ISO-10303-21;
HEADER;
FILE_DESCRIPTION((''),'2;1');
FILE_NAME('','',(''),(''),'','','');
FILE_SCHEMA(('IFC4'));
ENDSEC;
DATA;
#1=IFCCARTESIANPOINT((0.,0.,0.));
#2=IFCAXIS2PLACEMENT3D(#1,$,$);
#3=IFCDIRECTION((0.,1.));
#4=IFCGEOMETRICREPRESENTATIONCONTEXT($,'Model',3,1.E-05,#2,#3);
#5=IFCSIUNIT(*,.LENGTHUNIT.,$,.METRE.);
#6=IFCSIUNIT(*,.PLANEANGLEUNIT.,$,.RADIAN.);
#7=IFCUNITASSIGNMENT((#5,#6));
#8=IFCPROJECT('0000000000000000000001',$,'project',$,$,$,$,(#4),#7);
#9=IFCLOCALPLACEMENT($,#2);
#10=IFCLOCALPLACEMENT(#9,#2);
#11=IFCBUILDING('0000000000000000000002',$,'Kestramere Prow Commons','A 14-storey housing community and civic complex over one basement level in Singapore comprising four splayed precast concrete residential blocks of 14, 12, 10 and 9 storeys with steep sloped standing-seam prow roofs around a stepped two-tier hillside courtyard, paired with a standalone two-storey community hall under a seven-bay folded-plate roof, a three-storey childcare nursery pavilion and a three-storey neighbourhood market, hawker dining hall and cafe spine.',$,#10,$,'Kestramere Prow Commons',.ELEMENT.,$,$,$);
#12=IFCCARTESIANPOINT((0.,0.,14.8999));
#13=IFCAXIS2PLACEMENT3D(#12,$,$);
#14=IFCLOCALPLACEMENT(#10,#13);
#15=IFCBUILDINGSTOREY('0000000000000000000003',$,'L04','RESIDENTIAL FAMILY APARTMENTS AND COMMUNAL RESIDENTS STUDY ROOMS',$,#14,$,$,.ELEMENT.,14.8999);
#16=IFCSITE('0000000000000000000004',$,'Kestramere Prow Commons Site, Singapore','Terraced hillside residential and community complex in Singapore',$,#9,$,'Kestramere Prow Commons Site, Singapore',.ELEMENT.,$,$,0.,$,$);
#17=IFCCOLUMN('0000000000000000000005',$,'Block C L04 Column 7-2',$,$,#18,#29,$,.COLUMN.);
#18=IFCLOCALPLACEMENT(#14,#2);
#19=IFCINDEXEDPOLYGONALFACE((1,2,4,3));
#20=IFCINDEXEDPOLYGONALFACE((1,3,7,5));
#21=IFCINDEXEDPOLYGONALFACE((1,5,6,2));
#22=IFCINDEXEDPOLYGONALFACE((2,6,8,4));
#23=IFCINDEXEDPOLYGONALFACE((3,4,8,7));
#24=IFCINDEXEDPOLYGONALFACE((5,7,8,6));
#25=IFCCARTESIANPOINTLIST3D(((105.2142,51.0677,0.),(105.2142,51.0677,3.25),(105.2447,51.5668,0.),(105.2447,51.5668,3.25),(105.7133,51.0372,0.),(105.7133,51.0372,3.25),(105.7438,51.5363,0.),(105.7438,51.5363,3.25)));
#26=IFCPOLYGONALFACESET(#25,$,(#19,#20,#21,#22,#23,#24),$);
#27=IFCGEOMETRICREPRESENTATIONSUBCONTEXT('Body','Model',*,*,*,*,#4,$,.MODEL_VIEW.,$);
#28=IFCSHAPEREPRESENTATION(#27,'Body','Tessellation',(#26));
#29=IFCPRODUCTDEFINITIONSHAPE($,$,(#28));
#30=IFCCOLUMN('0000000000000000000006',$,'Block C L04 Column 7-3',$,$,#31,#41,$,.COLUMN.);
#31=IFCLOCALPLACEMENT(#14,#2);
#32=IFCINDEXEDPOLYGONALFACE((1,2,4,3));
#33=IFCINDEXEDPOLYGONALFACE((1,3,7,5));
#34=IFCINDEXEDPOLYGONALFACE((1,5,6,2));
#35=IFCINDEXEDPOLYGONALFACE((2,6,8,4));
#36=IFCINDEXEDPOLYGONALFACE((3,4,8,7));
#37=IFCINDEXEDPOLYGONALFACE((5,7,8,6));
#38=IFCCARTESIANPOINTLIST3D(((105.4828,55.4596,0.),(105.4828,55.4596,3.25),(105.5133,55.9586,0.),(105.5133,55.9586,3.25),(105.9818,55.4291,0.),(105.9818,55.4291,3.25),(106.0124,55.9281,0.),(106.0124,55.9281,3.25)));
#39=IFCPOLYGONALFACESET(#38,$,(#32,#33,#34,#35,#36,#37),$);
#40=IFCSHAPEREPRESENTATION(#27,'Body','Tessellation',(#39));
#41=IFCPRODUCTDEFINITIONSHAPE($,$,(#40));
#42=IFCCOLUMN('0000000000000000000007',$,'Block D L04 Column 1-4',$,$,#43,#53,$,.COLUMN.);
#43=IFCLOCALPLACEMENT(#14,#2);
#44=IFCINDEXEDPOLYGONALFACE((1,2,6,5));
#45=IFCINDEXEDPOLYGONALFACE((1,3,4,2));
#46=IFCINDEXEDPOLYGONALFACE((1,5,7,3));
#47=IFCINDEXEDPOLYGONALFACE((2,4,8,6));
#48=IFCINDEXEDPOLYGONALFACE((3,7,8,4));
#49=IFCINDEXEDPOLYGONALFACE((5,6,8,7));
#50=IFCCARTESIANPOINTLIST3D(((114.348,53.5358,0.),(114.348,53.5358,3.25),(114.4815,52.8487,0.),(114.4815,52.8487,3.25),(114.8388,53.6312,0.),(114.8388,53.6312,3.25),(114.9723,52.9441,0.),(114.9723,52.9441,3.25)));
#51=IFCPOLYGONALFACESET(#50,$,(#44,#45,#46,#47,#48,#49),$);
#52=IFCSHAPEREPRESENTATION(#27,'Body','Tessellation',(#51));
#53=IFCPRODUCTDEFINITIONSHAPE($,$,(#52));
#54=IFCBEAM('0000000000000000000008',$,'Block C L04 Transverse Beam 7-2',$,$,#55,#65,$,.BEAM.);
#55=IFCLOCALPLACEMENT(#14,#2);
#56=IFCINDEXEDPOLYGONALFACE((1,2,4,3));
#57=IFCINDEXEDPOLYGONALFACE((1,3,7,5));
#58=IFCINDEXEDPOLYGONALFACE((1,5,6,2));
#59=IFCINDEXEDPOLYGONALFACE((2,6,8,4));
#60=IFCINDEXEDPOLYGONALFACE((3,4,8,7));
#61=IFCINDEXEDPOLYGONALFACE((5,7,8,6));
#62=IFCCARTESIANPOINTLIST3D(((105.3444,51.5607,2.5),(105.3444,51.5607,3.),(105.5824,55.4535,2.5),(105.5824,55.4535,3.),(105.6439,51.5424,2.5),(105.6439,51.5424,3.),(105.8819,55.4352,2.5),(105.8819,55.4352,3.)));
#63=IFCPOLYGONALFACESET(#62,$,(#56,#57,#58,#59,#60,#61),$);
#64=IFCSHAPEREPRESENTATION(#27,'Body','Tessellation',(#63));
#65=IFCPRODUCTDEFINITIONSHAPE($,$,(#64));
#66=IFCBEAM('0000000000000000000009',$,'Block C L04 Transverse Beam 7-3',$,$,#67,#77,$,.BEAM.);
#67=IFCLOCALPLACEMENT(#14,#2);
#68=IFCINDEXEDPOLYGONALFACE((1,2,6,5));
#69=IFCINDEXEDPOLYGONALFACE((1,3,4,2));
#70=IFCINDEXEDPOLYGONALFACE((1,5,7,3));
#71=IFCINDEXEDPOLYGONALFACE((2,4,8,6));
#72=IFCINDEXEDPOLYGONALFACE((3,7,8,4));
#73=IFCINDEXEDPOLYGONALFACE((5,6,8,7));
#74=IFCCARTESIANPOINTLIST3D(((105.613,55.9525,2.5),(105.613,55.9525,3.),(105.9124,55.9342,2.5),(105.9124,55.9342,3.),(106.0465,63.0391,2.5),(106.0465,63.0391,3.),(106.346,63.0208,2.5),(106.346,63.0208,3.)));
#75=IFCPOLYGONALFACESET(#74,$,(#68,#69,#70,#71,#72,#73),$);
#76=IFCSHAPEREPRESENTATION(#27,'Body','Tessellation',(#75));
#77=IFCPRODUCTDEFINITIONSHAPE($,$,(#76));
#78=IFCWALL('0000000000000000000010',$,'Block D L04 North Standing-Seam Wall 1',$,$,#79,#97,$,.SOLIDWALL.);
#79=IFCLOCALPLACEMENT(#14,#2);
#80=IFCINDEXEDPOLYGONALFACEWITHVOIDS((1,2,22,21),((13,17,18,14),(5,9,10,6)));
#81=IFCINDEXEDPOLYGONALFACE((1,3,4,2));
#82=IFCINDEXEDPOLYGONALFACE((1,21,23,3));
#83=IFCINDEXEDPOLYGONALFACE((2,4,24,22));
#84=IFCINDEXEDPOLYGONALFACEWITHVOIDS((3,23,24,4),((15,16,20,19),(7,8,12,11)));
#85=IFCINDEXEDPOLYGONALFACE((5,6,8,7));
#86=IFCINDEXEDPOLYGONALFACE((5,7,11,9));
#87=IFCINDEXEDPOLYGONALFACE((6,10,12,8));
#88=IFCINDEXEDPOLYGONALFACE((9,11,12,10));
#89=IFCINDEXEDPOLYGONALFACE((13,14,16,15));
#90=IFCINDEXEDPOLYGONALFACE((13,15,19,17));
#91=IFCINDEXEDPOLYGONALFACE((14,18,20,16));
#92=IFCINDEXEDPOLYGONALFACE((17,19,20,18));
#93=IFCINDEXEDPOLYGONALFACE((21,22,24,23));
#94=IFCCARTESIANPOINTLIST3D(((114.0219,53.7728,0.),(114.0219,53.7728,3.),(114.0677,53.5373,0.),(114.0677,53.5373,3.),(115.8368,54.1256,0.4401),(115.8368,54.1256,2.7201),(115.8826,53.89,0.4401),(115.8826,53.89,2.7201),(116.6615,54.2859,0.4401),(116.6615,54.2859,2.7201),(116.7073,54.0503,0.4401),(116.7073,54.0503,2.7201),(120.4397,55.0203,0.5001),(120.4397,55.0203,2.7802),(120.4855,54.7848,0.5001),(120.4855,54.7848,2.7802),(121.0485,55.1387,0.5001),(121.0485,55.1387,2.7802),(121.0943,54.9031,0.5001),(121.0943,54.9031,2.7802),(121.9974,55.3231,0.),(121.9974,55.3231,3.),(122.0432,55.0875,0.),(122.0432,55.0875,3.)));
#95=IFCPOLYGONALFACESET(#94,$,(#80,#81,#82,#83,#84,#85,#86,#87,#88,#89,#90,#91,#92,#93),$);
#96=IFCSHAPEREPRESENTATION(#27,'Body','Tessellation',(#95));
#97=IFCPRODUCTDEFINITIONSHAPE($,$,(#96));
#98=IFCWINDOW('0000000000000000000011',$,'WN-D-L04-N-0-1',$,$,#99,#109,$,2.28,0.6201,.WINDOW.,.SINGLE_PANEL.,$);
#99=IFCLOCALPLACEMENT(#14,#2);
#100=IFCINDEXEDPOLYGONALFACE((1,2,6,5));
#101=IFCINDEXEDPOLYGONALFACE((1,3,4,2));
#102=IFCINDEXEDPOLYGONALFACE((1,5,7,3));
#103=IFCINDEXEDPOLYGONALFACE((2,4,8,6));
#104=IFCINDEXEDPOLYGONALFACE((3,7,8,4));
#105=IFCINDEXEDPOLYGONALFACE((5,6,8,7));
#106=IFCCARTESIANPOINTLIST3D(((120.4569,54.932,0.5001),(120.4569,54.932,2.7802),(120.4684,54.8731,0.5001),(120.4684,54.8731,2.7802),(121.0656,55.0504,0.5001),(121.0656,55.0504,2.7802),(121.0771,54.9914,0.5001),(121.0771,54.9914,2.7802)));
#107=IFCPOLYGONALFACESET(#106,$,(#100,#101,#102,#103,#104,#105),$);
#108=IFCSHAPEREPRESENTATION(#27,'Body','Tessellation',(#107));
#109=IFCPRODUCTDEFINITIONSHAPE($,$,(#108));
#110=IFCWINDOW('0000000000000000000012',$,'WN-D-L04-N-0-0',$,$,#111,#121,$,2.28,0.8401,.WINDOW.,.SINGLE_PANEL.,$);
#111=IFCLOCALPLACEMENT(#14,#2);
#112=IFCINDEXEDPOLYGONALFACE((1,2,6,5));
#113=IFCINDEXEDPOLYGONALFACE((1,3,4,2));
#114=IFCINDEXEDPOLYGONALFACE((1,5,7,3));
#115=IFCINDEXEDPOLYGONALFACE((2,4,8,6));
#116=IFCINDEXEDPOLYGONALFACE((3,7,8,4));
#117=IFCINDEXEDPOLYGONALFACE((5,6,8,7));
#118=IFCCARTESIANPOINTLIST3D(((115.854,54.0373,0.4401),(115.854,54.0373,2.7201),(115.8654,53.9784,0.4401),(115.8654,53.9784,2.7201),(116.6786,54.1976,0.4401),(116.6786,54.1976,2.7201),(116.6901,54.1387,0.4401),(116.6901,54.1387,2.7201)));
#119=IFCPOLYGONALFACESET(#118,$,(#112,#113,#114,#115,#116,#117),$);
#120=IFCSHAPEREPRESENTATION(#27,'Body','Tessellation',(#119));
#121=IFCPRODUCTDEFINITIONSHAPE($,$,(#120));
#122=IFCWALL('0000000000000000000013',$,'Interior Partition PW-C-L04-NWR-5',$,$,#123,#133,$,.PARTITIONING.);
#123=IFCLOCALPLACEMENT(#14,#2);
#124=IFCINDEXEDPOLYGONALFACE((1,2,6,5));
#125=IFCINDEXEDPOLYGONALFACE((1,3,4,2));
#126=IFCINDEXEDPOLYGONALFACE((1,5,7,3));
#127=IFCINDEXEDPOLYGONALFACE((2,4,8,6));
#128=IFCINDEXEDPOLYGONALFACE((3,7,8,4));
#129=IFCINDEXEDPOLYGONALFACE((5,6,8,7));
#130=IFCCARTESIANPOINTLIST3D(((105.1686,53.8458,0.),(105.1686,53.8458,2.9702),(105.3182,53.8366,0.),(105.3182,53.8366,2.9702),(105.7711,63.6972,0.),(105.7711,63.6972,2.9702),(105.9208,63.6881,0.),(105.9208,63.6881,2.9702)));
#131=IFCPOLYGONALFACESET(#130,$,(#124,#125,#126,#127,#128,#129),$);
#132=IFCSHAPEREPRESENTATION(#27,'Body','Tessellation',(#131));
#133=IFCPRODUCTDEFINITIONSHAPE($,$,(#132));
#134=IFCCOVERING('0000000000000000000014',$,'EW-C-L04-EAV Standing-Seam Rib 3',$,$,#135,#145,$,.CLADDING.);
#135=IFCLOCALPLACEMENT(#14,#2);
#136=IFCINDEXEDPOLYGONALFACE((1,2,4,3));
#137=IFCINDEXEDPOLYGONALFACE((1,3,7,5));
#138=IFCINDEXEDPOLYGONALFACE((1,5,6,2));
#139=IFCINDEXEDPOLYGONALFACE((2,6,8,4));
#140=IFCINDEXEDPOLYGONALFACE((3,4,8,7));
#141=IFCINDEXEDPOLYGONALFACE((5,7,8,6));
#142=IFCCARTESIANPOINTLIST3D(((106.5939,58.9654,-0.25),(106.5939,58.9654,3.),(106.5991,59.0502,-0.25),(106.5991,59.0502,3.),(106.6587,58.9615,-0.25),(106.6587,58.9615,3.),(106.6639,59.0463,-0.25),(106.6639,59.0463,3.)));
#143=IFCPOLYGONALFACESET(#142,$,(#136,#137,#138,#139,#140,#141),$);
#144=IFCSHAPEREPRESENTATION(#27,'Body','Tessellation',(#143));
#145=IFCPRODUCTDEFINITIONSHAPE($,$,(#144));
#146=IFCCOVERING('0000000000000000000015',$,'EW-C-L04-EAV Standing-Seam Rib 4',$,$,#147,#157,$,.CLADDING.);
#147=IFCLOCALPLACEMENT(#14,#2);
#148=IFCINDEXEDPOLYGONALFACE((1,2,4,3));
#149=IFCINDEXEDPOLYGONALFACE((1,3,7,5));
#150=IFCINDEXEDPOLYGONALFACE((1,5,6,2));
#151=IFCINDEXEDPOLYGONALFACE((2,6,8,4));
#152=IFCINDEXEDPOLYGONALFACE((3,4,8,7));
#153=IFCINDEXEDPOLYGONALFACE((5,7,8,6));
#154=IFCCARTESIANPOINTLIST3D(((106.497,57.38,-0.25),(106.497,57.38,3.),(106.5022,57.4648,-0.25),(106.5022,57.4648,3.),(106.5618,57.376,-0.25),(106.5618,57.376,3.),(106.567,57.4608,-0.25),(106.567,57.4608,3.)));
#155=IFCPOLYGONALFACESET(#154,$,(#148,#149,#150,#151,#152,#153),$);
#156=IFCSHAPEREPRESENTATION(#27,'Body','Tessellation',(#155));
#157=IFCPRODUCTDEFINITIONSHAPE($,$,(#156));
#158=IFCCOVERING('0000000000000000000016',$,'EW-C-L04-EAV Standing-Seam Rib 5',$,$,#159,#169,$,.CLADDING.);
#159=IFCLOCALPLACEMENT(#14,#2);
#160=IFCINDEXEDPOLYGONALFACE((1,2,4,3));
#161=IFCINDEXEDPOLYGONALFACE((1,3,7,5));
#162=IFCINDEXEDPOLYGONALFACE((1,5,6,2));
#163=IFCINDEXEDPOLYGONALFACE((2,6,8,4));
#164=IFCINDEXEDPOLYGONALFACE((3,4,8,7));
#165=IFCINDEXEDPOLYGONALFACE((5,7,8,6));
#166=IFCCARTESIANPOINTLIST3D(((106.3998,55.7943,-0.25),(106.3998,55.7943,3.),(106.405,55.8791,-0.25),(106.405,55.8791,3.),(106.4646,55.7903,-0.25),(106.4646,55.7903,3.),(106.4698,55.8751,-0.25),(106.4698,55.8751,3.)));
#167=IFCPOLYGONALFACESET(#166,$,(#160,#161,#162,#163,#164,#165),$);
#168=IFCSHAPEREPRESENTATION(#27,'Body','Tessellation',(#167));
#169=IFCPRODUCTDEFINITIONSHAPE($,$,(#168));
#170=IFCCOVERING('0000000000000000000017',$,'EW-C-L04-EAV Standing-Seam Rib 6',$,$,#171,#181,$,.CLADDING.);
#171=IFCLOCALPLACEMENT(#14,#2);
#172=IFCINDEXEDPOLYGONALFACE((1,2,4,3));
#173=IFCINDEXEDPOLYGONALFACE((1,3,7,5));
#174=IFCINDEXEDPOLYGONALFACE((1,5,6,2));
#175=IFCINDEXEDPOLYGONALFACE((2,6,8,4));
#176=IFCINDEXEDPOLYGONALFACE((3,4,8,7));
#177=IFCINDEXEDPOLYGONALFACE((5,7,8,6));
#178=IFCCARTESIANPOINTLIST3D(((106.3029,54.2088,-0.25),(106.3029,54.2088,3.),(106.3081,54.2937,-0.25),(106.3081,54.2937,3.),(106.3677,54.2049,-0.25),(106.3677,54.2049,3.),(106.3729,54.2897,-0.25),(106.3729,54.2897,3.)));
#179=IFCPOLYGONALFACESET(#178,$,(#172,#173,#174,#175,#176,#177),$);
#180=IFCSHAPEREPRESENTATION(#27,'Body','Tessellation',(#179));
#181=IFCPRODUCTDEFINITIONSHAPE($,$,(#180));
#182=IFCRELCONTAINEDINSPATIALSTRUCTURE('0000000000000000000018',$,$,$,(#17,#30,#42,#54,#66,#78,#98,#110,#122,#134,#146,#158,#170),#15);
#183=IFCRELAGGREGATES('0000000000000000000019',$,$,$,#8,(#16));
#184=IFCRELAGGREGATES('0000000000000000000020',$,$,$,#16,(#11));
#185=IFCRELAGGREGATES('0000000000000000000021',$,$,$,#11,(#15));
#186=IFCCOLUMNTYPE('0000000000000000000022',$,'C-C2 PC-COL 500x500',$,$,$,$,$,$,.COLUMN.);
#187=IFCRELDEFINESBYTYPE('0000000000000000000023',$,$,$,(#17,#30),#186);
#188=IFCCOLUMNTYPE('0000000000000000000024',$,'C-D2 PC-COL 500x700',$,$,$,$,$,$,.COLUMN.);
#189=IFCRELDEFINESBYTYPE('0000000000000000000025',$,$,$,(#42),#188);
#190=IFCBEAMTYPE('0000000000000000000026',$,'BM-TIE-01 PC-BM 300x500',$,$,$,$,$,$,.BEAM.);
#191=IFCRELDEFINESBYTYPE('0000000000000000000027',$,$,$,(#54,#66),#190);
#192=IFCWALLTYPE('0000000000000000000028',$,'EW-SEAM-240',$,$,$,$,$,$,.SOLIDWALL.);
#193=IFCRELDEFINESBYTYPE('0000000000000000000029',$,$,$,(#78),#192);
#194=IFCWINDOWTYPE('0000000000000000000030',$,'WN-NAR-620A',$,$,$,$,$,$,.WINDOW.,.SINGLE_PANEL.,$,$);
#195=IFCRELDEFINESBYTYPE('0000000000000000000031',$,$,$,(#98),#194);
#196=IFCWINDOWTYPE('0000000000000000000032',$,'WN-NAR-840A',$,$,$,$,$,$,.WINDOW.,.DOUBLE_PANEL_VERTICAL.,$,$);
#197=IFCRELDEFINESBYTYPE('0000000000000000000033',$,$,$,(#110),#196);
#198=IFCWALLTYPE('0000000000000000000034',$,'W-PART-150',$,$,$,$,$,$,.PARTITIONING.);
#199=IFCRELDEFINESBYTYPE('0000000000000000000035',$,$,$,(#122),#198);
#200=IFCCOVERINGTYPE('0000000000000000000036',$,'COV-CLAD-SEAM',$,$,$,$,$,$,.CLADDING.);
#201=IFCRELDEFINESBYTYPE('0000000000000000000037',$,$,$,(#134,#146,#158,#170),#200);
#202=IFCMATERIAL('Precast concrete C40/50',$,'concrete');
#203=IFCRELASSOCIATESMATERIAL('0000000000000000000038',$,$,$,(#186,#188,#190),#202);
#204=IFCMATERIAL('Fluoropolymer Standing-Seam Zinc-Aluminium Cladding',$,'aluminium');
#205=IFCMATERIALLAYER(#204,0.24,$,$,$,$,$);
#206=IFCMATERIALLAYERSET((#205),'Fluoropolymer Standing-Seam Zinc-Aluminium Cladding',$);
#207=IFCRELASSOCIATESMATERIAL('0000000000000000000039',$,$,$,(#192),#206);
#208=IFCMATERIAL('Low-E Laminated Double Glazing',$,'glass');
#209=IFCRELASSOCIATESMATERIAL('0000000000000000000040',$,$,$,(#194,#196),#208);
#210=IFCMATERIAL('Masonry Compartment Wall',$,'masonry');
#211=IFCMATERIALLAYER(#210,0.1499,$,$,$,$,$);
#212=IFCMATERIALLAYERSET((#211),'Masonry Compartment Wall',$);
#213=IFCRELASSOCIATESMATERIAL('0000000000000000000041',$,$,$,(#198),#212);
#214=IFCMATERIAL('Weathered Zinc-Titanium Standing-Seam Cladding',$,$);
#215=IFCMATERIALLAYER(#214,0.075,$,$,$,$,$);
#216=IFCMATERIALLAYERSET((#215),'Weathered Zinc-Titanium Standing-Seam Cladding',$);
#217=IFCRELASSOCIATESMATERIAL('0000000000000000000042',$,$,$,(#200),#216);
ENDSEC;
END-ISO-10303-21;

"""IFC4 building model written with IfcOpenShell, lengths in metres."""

from ifc_helpers import new_model, si_unit, direction, frame, frame_2d, origin, origin_2d, place, context, subcontext, project, spatial, rectangle, extrude, material, layer, layer_set, material_profile, profile_set, type_object, element, fill, save


model = new_model("IFC4")

# Units and contexts
model_context = context("Model", 3, precision=1e-05, world=origin(), true_north=direction((0.0, 1.0)))
body_context = subcontext(model_context, "Body", "Model", "MODEL_VIEW")
ifc_project = project(units=[si_unit("LENGTHUNIT", "METRE"), si_unit("PLANEANGLEUNIT", "RADIAN")], contexts=[model_context])

# Site, building, storey
site_placement = place(None, origin())
site = spatial("IfcSite", under=ifc_project, at=site_placement, Name="Kestramere Prow Commons Site, Singapore", Description="Terraced hillside residential and community complex in Singapore", LongName="Kestramere Prow Commons Site, Singapore", CompositionType="ELEMENT", RefElevation=0.0)
building_placement = place(site_placement, origin())
building = spatial("IfcBuilding", under=site, at=building_placement, Name="Kestramere Prow Commons", Description="A 14-storey housing community and civic complex over one basement level in Singapore comprising four splayed precast concrete residential blocks of 14, 12, 10 and 9 storeys with steep sloped standing-seam prow roofs around a stepped two-tier hillside courtyard, paired with a standalone two-storey community hall under a seven-bay folded-plate roof, a three-storey childcare nursery pavilion and a three-storey neighbourhood market, hawker dining hall and cafe spine.", LongName="Kestramere Prow Commons", CompositionType="ELEMENT")
storey_placement = place(building_placement, frame((0.0, 0.0, 14.8999)))
storey = spatial("IfcBuildingStorey", under=building, at=storey_placement, Name="L04", Description="RESIDENTIAL FAMILY APARTMENTS AND COMMUNAL RESIDENTS STUDY ROOMS", CompositionType="ELEMENT", Elevation=14.8999)

# Columns
ifc_material_1 = material(Name="Precast concrete C40/50", Category="concrete")
ifc_material_profile_1 = material_profile(ifc_material_1, rectangle(XDim=0.5, YDim=0.5, at=origin_2d()), Name="PC-COL 500x500")
ifc_profile_set_1 = profile_set([ifc_material_profile_1], Name="Precast concrete C40/50")
column_type_1 = type_object("IfcColumnType", Name="C-C2 PC-COL 500x500", PredefinedType="COLUMN", material=ifc_profile_set_1)
for number, where, z_axis, x_axis, name in (
    (1, (105.479, 51.302, 0.0), (0.0, 0.0, 1.0), (0.998135, -0.061049, 0.0), "Block C L04 Column 7-2"),
    (2, (105.7476, 55.6938, 0.0), (0.0, 0.0, 1.0), (0.998135, -0.061049, 0.0), "Block C L04 Column 7-3"),
):
    element("IfcColumn", number, at=place(storey_placement, frame(where, z_axis=z_axis, x_axis=x_axis)), inside=storey, type_object=column_type_1, Name=name, PredefinedType="COLUMN", context=body_context, shape_type="SweptSolid", body=[
        extrude(rectangle(XDim=0.5, YDim=0.5, at=origin_2d()), origin(), (0.0, 0.0, 1.0), 3.25),
    ])
ifc_material_profile_2 = material_profile(ifc_material_1, rectangle(XDim=0.5, YDim=0.7, at=origin_2d()), Name="PC-COL 500x700")
ifc_profile_set_2 = profile_set([ifc_material_profile_2], Name="Precast concrete C40/50")
column_type_2 = type_object("IfcColumnType", Name="C-D2 PC-COL 500x700", PredefinedType="COLUMN", material=ifc_profile_set_2)
column_placement = place(storey_placement, frame((114.6602, 53.24, 0.0), z_axis=(0.0, 0.0, 1.0), x_axis=(0.981627, 0.190809, 0.0)))
element("IfcColumn", 3, at=column_placement, inside=storey, type_object=column_type_2, Name="Block D L04 Column 1-4", PredefinedType="COLUMN", context=body_context, shape_type="SweptSolid", body=[
    extrude(rectangle(XDim=0.5, YDim=0.7, at=origin_2d()), origin(), (0.0, 0.0, 1.0), 3.25),
])

# Beams
ifc_material_profile_3 = material_profile(ifc_material_1, rectangle(XDim=0.3, YDim=0.5, at=origin_2d()), Name="PC-BM 300x500")
ifc_profile_set_3 = profile_set([ifc_material_profile_3], Name="Precast concrete C40/50")
beam_type = type_object("IfcBeamType", Name="BM-TIE-01 PC-BM 300x500", PredefinedType="BEAM", material=ifc_profile_set_3)
beam_1_placement = place(storey_placement, frame((105.4941, 51.5515, 2.75), z_axis=(0.061034, 0.998136, 0.0), x_axis=(-0.998136, 0.061034, 0.0)))
element("IfcBeam", 4, at=beam_1_placement, inside=storey, type_object=beam_type, Name="Block C L04 Transverse Beam 7-2", PredefinedType="BEAM", context=body_context, shape_type="SweptSolid", body=[
    extrude(rectangle(XDim=0.3, YDim=0.5, at=origin_2d()), origin(), (0.0, 0.0, 1.0), 3.9001),
])
beam_2_placement = place(storey_placement, frame((105.7627, 55.9434, 2.75), z_axis=(0.06107, 0.998133, 0.0), x_axis=(-0.998133, 0.06107, 0.0)))
element("IfcBeam", 5, at=beam_2_placement, inside=storey, type_object=beam_type, Name="Block C L04 Transverse Beam 7-3", PredefinedType="BEAM", context=body_context, shape_type="SweptSolid", body=[
    extrude(rectangle(XDim=0.3, YDim=0.5, at=origin_2d()), origin(), (0.0, 0.0, 1.0), 7.0999),
])

# Wall, openings, windows
ifc_material_2 = material(Name="Fluoropolymer Standing-Seam Zinc-Aluminium Cladding", Category="aluminium")
ifc_layer_1 = layer(ifc_material_2, 0.24)
ifc_layer_set_1 = layer_set([ifc_layer_1], Name="Fluoropolymer Standing-Seam Zinc-Aluminium Cladding")
wall_type_1 = type_object("IfcWallType", Name="EW-SEAM-240", PredefinedType="SOLIDWALL", material=ifc_layer_set_1)
wall_1_placement = place(storey_placement, frame((114.0447, 53.655, 0.0), z_axis=(0.0, 0.0, 1.0), x_axis=(0.981627, 0.190809, 0.0)))
wall_1 = element("IfcWall", 6, at=wall_1_placement, inside=storey, type_object=wall_type_1, Name="Block D L04 North Standing-Seam Wall 1", PredefinedType="SOLIDWALL", context=body_context, shape_type="SweptSolid", body=[
    extrude(rectangle(XDim=8.1248, YDim=0.24, at=frame_2d((4.0625, 0.0))), origin(), (0.0, 0.0, 1.0), 3.0),
])
opening_1_placement = place(wall_1_placement, frame((1.8491, 0.0, 0.4399)))
opening_1 = element("IfcOpeningElement", 7, at=opening_1_placement, cuts=wall_1, PredefinedType="OPENING", context=body_context, shape_type="SweptSolid", body=[
    extrude(rectangle(XDim=0.8401, YDim=2.28, at=frame_2d((0.4199, 1.1401))), frame((0.0, 0.135, 0.0), z_axis=(0.0, -1.0, 0.0), x_axis=(1.0, 0.0, 0.0)), (0.0, 0.0, 1.0), 0.27),
])
opening_2_placement = place(wall_1_placement, frame((6.5381, 0.0, 0.5)))
opening_2 = element("IfcOpeningElement", 8, at=opening_2_placement, cuts=wall_1, PredefinedType="OPENING", context=body_context, shape_type="SweptSolid", body=[
    extrude(rectangle(XDim=0.6201, YDim=2.28, at=frame_2d((0.3101, 1.1401))), frame((0.0, 0.135, 0.0), z_axis=(0.0, -1.0, 0.0), x_axis=(1.0, 0.0, 0.0)), (0.0, 0.0, 1.0), 0.27),
])
ifc_material_3 = material(Name="Low-E Laminated Double Glazing", Category="glass")
window_type_1 = type_object("IfcWindowType", Name="WN-NAR-620A", PartitioningType="SINGLE_PANEL", PredefinedType="WINDOW", material=ifc_material_3)
window_1_placement = place(opening_2_placement, origin())
window_1 = element("IfcWindow", 9, at=window_1_placement, inside=storey, type_object=window_type_1, Name="WN-D-L04-N-0-1", OverallHeight=2.28, OverallWidth=0.6201, PartitioningType="SINGLE_PANEL", PredefinedType="WINDOW", context=body_context, shape_type="SweptSolid", body=[
    extrude(rectangle(XDim=0.6201, YDim=2.28, at=frame_2d((0.3101, 1.1401))), frame((0.0, 0.03, 0.0), z_axis=(0.0, -1.0, 0.0), x_axis=(1.0, 0.0, 0.0)), (0.0, 0.0, 1.0), 0.0601),
])
fill(opening_2, window_1)
window_type_2 = type_object("IfcWindowType", Name="WN-NAR-840A", PartitioningType="DOUBLE_PANEL_VERTICAL", PredefinedType="WINDOW", material=ifc_material_3)
window_2_placement = place(opening_1_placement, origin())
window_2 = element("IfcWindow", 10, at=window_2_placement, inside=storey, type_object=window_type_2, Name="WN-D-L04-N-0-0", OverallHeight=2.28, OverallWidth=0.8401, PartitioningType="SINGLE_PANEL", PredefinedType="WINDOW", context=body_context, shape_type="SweptSolid", body=[
    extrude(rectangle(XDim=0.8401, YDim=2.28, at=frame_2d((0.4199, 1.1401))), frame((0.0, 0.03, 0.0), z_axis=(0.0, -1.0, 0.0), x_axis=(1.0, 0.0, 0.0)), (0.0, 0.0, 1.0), 0.0601),
])
fill(opening_1, window_2)

# Wall
ifc_material_4 = material(Name="Masonry Compartment Wall", Category="masonry")
ifc_layer_2 = layer(ifc_material_4, 0.1499)
ifc_layer_set_2 = layer_set([ifc_layer_2], Name="Masonry Compartment Wall")
wall_type_2 = type_object("IfcWallType", Name="W-PART-150", PredefinedType="PARTITIONING", material=ifc_layer_set_2)
wall_2_placement = place(storey_placement, frame((105.2434, 53.8411, 0.0), z_axis=(0.0, 0.0, 1.0), x_axis=(0.061048, 0.998135, 0.0)))
element("IfcWall", 11, at=wall_2_placement, inside=storey, type_object=wall_type_2, Name="Interior Partition PW-C-L04-NWR-5", PredefinedType="PARTITIONING", context=body_context, shape_type="SweptSolid", body=[
    extrude(rectangle(XDim=9.8699, YDim=0.1499, at=frame_2d((4.9351, 0.0))), origin(), (0.0, 0.0, 1.0), 2.9702),
])

# Coverings
ifc_material_5 = material(Name="Weathered Zinc-Titanium Standing-Seam Cladding")
ifc_layer_3 = layer(ifc_material_5, 0.075)
ifc_layer_set_3 = layer_set([ifc_layer_3], Name="Weathered Zinc-Titanium Standing-Seam Cladding")
covering_type = type_object("IfcCoveringType", Name="COV-CLAD-SEAM", PredefinedType="CLADDING", material=ifc_layer_set_3)
for number, where, z_axis, x_axis, name in (
    (12, (106.6289, 59.0059, -0.25), (0.0, 0.0, 1.0), (-0.061049, -0.998135, 0.0), "EW-C-L04-EAV Standing-Seam Rib 3"),
    (13, (106.532, 57.4204, -0.25), (0.0, 0.0, 1.0), (-0.061049, -0.998135, 0.0), "EW-C-L04-EAV Standing-Seam Rib 4"),
    (14, (106.4348, 55.8347, -0.25), (0.0, 0.0, 1.0), (-0.061049, -0.998135, 0.0), "EW-C-L04-EAV Standing-Seam Rib 5"),
    (15, (106.3379, 54.2493, -0.25), (0.0, 0.0, 1.0), (-0.061049, -0.998135, 0.0), "EW-C-L04-EAV Standing-Seam Rib 6"),
):
    element("IfcCovering", number, at=place(storey_placement, frame(where, z_axis=z_axis, x_axis=x_axis)), inside=storey, type_object=covering_type, Name=name, PredefinedType="CLADDING", context=body_context, shape_type="SweptSolid", body=[
        extrude(rectangle(XDim=0.085, YDim=0.0649, at=origin_2d()), origin(), (0.0, 0.0, 1.0), 3.25),
    ])

save(model, "model.ifc")
